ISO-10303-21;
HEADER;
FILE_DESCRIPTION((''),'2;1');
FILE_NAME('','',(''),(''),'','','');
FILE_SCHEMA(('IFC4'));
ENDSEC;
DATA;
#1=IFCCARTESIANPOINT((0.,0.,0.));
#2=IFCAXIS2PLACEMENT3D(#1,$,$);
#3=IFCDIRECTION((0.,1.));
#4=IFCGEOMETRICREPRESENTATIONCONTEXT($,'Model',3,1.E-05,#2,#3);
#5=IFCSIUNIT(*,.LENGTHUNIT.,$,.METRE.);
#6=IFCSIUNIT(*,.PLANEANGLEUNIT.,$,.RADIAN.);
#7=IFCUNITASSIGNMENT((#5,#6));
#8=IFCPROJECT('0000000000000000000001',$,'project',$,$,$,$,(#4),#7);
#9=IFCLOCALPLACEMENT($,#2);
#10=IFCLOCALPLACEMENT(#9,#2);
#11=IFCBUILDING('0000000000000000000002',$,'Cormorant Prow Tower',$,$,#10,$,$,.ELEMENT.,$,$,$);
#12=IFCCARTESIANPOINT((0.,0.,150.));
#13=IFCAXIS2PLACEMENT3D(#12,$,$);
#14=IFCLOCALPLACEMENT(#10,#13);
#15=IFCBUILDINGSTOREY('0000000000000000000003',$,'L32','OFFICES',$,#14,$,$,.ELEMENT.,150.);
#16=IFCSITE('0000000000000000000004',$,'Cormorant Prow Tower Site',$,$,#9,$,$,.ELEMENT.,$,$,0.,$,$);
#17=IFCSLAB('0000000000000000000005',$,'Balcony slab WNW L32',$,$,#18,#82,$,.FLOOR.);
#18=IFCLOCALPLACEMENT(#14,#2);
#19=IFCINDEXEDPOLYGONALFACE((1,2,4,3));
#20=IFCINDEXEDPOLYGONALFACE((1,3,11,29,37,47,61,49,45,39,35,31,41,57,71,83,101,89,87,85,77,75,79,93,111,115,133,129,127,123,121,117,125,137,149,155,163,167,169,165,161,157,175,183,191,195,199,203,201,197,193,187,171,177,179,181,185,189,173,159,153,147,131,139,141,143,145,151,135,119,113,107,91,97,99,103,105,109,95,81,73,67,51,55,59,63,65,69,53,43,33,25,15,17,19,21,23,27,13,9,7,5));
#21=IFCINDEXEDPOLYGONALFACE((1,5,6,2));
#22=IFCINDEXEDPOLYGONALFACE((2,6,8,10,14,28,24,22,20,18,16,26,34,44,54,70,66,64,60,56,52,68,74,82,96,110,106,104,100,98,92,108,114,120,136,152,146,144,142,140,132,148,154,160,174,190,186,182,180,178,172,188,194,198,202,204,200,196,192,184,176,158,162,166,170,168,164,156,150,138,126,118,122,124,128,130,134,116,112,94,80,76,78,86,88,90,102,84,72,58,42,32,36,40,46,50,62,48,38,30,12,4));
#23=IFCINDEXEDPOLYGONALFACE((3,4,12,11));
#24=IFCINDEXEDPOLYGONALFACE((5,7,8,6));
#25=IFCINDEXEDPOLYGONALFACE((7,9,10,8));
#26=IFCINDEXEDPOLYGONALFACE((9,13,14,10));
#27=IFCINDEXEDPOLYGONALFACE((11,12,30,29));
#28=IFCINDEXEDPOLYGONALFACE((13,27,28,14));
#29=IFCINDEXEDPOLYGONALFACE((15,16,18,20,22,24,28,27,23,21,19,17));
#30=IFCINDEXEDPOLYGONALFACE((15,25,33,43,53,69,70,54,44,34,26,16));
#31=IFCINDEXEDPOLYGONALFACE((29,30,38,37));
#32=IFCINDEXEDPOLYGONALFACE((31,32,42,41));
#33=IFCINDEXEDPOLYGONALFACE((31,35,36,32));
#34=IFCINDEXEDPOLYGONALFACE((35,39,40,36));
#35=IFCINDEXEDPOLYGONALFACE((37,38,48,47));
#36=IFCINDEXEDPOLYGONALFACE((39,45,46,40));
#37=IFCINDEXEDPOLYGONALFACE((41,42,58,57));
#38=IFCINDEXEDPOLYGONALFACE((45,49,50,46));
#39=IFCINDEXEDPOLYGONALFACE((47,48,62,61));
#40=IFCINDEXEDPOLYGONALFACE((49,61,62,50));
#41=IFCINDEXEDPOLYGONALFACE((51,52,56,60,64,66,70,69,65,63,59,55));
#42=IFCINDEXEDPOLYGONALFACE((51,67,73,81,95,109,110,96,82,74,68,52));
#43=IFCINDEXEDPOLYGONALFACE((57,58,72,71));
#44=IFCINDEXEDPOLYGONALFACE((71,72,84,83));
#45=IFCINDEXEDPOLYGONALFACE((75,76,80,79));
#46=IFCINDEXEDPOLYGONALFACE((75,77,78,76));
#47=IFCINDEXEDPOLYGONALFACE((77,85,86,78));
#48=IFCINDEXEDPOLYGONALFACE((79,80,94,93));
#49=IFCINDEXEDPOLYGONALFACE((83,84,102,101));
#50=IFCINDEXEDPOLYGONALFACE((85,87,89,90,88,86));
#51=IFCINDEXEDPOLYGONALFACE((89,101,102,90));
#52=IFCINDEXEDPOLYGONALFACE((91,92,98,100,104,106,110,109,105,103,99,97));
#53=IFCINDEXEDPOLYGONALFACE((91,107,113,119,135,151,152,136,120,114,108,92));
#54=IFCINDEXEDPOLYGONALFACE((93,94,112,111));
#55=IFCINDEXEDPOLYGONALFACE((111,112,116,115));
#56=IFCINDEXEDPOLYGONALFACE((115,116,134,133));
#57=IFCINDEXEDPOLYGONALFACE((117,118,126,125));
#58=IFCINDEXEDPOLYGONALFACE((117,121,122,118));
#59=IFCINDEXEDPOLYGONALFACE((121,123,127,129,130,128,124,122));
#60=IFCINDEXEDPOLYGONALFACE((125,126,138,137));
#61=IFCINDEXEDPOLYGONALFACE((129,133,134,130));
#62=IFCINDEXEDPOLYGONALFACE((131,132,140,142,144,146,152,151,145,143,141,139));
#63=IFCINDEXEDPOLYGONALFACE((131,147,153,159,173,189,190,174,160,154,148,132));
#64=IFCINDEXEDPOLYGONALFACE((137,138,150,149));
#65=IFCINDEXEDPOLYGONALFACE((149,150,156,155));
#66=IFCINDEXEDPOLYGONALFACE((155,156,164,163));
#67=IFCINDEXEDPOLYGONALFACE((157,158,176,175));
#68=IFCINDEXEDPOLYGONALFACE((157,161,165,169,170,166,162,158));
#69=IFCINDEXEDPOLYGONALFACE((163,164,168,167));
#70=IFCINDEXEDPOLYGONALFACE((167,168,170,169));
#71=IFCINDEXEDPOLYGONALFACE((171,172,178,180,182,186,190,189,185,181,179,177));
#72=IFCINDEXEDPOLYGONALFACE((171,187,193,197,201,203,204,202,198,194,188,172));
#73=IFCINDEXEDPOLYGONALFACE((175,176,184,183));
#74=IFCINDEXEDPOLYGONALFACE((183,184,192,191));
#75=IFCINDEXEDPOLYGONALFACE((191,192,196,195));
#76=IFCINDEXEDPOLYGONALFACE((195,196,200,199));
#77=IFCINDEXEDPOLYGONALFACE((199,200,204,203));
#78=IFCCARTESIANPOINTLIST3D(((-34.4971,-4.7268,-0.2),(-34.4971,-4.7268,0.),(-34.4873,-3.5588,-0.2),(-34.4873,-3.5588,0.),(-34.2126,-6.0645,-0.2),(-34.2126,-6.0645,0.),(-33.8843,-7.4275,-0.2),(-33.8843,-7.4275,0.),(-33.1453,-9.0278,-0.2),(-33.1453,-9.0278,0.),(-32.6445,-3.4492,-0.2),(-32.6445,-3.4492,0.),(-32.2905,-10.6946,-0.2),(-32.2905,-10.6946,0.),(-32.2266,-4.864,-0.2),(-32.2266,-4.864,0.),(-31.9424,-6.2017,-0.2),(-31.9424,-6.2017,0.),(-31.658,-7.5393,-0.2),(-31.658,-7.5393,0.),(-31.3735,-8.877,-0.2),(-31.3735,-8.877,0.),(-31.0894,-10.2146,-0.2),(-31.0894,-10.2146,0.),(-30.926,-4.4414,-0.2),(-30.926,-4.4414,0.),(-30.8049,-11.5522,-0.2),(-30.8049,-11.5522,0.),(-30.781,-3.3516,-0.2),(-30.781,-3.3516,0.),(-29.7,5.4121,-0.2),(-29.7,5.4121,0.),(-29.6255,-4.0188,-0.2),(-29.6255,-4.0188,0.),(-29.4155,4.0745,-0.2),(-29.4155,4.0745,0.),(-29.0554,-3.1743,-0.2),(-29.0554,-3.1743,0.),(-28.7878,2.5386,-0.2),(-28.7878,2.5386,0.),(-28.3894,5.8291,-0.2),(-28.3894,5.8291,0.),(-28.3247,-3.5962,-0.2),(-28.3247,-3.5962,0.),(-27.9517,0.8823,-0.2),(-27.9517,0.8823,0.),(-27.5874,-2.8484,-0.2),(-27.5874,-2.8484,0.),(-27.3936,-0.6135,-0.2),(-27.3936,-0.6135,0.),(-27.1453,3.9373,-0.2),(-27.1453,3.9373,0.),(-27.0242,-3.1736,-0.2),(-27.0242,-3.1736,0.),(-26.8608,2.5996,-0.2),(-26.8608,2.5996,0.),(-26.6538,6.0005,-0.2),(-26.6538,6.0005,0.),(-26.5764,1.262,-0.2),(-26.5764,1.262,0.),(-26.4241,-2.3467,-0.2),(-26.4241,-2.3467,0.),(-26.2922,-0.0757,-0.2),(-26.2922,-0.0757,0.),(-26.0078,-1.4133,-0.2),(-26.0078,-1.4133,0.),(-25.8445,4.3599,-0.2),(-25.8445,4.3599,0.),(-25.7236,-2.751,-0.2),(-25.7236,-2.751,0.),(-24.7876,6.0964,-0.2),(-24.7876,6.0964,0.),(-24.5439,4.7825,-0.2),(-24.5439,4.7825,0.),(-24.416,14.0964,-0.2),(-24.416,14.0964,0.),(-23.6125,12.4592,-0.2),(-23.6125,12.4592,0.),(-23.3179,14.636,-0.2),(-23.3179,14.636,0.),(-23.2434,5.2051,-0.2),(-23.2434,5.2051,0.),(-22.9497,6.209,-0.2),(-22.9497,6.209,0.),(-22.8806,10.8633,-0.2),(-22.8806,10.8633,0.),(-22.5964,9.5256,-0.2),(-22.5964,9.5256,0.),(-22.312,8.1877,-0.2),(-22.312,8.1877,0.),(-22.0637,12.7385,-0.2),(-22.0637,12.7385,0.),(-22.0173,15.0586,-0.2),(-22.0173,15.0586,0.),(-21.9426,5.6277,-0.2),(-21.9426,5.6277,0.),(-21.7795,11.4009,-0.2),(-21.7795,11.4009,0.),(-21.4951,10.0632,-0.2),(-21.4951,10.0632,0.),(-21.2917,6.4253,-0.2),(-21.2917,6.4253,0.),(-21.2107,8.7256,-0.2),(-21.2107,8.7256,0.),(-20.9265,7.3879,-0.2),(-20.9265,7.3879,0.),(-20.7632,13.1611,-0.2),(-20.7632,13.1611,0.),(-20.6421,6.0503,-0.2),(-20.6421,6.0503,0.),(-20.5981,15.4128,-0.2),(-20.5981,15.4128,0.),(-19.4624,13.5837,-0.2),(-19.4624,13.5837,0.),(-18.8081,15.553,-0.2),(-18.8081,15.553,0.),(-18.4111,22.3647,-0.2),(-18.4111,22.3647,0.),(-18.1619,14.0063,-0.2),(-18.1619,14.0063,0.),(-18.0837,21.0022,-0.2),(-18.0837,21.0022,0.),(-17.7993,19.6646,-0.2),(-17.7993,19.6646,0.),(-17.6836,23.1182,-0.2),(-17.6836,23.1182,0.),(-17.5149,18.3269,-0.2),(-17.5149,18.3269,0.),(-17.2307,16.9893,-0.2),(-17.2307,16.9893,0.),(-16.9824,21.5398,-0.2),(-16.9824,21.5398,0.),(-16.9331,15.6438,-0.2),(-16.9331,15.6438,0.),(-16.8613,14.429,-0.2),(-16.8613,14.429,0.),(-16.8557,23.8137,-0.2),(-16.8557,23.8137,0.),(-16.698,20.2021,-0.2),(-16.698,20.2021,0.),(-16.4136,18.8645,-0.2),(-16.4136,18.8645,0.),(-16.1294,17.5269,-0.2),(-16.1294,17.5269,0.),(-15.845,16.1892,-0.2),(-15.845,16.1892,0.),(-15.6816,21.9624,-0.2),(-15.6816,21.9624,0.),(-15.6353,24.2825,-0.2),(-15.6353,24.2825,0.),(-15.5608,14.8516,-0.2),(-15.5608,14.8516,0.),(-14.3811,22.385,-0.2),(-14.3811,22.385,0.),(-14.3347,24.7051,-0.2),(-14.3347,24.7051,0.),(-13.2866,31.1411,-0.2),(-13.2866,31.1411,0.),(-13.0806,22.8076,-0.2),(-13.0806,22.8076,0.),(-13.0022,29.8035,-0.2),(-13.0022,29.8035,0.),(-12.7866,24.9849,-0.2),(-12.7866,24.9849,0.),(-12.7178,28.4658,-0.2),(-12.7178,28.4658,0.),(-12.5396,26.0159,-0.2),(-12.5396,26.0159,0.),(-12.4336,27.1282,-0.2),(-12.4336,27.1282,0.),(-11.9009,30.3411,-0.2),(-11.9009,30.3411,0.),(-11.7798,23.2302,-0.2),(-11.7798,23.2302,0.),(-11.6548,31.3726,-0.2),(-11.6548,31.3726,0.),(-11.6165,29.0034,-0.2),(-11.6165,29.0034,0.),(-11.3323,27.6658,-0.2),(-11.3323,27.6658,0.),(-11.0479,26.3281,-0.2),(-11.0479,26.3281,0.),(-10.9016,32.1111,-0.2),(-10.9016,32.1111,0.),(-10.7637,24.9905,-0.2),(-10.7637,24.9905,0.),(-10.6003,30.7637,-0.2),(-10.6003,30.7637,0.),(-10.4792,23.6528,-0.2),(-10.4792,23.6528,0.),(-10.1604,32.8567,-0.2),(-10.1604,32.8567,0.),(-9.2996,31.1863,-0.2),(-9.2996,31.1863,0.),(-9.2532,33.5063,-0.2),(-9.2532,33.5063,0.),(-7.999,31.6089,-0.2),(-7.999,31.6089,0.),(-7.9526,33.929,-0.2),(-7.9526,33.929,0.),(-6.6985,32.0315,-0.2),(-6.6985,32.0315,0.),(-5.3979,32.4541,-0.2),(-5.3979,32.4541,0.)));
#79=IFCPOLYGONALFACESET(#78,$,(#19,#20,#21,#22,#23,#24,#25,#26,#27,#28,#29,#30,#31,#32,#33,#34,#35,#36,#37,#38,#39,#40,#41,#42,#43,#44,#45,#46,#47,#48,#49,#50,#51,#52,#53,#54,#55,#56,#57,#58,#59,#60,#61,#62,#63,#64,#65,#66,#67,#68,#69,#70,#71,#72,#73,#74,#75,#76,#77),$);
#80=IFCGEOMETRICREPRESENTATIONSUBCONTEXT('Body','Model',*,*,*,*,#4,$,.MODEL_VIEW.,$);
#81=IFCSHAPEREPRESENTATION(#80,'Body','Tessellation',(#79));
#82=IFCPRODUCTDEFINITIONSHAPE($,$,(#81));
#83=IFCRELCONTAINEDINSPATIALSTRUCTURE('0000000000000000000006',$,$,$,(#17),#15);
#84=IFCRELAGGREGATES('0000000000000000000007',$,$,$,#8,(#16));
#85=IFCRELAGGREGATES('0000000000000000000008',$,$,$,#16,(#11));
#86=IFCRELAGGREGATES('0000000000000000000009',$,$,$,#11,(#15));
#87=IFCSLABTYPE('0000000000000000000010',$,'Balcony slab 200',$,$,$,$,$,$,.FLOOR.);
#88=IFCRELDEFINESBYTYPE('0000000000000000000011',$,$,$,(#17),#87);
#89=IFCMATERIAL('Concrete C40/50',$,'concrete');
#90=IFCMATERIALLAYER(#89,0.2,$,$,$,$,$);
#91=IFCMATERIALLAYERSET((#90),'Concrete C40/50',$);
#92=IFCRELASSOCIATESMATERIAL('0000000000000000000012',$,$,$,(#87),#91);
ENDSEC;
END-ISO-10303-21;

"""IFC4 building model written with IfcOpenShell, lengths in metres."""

from ifc_helpers import new_model, si_unit, direction, frame, origin, place, context, subcontext, project, spatial, polyline, outline, extrude, material, layer, layer_set, type_object, element, save


model = new_model("IFC4")

# Units and contexts
model_context = context("Model", 3, precision=1e-05, world=origin(), true_north=direction((0.0, 1.0)))
body_context = subcontext(model_context, "Body", "Model", "MODEL_VIEW")
ifc_project = project(units=[si_unit("LENGTHUNIT", "METRE"), si_unit("PLANEANGLEUNIT", "RADIAN")], contexts=[model_context])

# Site, building, storey
site_placement = place(None, origin())
site = spatial("IfcSite", under=ifc_project, at=site_placement, Name="Cormorant Prow Tower Site", CompositionType="ELEMENT", RefElevation=0.0)
building_placement = place(site_placement, origin())
building = spatial("IfcBuilding", under=site, at=building_placement, Name="Cormorant Prow Tower", CompositionType="ELEMENT")
storey_placement = place(building_placement, frame((0.0, 0.0, 150.0)))
storey = spatial("IfcBuildingStorey", under=building, at=storey_placement, Name="L32", Description="OFFICES", CompositionType="ELEMENT", Elevation=150.0)

# Slab
ifc_material_1 = material(Name="Concrete C40/50", Category="concrete")
ifc_layer_1 = layer(ifc_material_1, 0.2)
ifc_layer_set_1 = layer_set([ifc_layer_1], Name="Concrete C40/50")
slab_type_1 = type_object("IfcSlabType", Name="Balcony slab 200", PredefinedType="FLOOR", material=ifc_layer_set_1)
slab_1_placement = place(storey_placement, frame((0.0, 0.0, -0.2)))
element("IfcSlab", 1, at=slab_1_placement, inside=storey, type_object=slab_type_1, Name="Balcony slab WNW L32", PredefinedType="FLOOR", context=body_context, shape_type="SweptSolid", body=[
    extrude(outline(polyline([(-5.3979, 32.4541), (-7.9526, 33.929), (-9.2532, 33.5063), (-10.1604, 32.8567), (-10.9016, 32.1111), (-11.6548, 31.3726), (-13.2866, 31.1411), (-13.0022, 29.8035), (-12.7178, 28.4658), (-12.4336, 27.1282), (-12.5396, 26.0159), (-12.7866, 24.9849), (-14.3347, 24.7051), (-15.6353, 24.2825), (-16.8557, 23.8137), (-17.6836, 23.1182), (-18.4111, 22.3647), (-18.0837, 21.0022), (-17.7993, 19.6646), (-17.5149, 18.3269), (-17.2307, 16.9893), (-16.9331, 15.6438), (-18.8081, 15.553), (-20.5981, 15.4128), (-22.0173, 15.0586), (-23.3179, 14.636), (-24.416, 14.0964), (-23.6125, 12.4592), (-22.8806, 10.8633), (-22.5964, 9.5256), (-22.312, 8.1877), (-21.2917, 6.4253), (-22.9497, 6.209), (-24.7876, 6.0964), (-26.6538, 6.0005), (-28.3894, 5.8291), (-29.7, 5.4121), (-29.4155, 4.0745), (-28.7878, 2.5386), (-27.9517, 0.8823), (-27.3936, -0.6135), (-26.4241, -2.3467), (-27.5874, -2.8484), (-29.0554, -3.1743), (-30.781, -3.3516), (-32.6445, -3.4492), (-34.4873, -3.5588), (-34.4971, -4.7268), (-34.2126, -6.0645), (-33.8843, -7.4275), (-33.1453, -9.0278), (-32.2905, -10.6946), (-30.8049, -11.5522), (-31.0894, -10.2146), (-31.3735, -8.877), (-31.658, -7.5393), (-31.9424, -6.2017), (-32.2266, -4.864), (-30.926, -4.4414), (-29.6255, -4.0188), (-28.3247, -3.5962), (-27.0242, -3.1736), (-25.7236, -2.751), (-26.0078, -1.4133), (-26.2922, -0.0757), (-26.5764, 1.262), (-26.8608, 2.5996), (-27.1453, 3.9373), (-25.8445, 4.3599), (-24.5439, 4.7825), (-23.2434, 5.2051), (-21.9426, 5.6277), (-20.6421, 6.0503), (-20.9265, 7.3879), (-21.2107, 8.7256), (-21.4951, 10.0632), (-21.7795, 11.4009), (-22.0637, 12.7385), (-20.7632, 13.1611), (-19.4624, 13.5837), (-18.1619, 14.0063), (-16.8613, 14.429), (-15.5608, 14.8516), (-15.845, 16.1892), (-16.1294, 17.5269), (-16.4136, 18.8645), (-16.698, 20.2021), (-16.9824, 21.5398), (-15.6816, 21.9624), (-14.3811, 22.385), (-13.0806, 22.8076), (-11.7798, 23.2302), (-10.4792, 23.6528), (-10.7637, 24.9905), (-11.0479, 26.3281), (-11.3323, 27.6658), (-11.6165, 29.0034), (-11.9009, 30.3411), (-10.6003, 30.7637), (-9.2996, 31.1863), (-7.999, 31.6089), (-6.6985, 32.0315), (-5.3979, 32.4541)])), origin(), (0.0, 0.0, 1.0), 0.2),
])

save(model, "model.ifc")
